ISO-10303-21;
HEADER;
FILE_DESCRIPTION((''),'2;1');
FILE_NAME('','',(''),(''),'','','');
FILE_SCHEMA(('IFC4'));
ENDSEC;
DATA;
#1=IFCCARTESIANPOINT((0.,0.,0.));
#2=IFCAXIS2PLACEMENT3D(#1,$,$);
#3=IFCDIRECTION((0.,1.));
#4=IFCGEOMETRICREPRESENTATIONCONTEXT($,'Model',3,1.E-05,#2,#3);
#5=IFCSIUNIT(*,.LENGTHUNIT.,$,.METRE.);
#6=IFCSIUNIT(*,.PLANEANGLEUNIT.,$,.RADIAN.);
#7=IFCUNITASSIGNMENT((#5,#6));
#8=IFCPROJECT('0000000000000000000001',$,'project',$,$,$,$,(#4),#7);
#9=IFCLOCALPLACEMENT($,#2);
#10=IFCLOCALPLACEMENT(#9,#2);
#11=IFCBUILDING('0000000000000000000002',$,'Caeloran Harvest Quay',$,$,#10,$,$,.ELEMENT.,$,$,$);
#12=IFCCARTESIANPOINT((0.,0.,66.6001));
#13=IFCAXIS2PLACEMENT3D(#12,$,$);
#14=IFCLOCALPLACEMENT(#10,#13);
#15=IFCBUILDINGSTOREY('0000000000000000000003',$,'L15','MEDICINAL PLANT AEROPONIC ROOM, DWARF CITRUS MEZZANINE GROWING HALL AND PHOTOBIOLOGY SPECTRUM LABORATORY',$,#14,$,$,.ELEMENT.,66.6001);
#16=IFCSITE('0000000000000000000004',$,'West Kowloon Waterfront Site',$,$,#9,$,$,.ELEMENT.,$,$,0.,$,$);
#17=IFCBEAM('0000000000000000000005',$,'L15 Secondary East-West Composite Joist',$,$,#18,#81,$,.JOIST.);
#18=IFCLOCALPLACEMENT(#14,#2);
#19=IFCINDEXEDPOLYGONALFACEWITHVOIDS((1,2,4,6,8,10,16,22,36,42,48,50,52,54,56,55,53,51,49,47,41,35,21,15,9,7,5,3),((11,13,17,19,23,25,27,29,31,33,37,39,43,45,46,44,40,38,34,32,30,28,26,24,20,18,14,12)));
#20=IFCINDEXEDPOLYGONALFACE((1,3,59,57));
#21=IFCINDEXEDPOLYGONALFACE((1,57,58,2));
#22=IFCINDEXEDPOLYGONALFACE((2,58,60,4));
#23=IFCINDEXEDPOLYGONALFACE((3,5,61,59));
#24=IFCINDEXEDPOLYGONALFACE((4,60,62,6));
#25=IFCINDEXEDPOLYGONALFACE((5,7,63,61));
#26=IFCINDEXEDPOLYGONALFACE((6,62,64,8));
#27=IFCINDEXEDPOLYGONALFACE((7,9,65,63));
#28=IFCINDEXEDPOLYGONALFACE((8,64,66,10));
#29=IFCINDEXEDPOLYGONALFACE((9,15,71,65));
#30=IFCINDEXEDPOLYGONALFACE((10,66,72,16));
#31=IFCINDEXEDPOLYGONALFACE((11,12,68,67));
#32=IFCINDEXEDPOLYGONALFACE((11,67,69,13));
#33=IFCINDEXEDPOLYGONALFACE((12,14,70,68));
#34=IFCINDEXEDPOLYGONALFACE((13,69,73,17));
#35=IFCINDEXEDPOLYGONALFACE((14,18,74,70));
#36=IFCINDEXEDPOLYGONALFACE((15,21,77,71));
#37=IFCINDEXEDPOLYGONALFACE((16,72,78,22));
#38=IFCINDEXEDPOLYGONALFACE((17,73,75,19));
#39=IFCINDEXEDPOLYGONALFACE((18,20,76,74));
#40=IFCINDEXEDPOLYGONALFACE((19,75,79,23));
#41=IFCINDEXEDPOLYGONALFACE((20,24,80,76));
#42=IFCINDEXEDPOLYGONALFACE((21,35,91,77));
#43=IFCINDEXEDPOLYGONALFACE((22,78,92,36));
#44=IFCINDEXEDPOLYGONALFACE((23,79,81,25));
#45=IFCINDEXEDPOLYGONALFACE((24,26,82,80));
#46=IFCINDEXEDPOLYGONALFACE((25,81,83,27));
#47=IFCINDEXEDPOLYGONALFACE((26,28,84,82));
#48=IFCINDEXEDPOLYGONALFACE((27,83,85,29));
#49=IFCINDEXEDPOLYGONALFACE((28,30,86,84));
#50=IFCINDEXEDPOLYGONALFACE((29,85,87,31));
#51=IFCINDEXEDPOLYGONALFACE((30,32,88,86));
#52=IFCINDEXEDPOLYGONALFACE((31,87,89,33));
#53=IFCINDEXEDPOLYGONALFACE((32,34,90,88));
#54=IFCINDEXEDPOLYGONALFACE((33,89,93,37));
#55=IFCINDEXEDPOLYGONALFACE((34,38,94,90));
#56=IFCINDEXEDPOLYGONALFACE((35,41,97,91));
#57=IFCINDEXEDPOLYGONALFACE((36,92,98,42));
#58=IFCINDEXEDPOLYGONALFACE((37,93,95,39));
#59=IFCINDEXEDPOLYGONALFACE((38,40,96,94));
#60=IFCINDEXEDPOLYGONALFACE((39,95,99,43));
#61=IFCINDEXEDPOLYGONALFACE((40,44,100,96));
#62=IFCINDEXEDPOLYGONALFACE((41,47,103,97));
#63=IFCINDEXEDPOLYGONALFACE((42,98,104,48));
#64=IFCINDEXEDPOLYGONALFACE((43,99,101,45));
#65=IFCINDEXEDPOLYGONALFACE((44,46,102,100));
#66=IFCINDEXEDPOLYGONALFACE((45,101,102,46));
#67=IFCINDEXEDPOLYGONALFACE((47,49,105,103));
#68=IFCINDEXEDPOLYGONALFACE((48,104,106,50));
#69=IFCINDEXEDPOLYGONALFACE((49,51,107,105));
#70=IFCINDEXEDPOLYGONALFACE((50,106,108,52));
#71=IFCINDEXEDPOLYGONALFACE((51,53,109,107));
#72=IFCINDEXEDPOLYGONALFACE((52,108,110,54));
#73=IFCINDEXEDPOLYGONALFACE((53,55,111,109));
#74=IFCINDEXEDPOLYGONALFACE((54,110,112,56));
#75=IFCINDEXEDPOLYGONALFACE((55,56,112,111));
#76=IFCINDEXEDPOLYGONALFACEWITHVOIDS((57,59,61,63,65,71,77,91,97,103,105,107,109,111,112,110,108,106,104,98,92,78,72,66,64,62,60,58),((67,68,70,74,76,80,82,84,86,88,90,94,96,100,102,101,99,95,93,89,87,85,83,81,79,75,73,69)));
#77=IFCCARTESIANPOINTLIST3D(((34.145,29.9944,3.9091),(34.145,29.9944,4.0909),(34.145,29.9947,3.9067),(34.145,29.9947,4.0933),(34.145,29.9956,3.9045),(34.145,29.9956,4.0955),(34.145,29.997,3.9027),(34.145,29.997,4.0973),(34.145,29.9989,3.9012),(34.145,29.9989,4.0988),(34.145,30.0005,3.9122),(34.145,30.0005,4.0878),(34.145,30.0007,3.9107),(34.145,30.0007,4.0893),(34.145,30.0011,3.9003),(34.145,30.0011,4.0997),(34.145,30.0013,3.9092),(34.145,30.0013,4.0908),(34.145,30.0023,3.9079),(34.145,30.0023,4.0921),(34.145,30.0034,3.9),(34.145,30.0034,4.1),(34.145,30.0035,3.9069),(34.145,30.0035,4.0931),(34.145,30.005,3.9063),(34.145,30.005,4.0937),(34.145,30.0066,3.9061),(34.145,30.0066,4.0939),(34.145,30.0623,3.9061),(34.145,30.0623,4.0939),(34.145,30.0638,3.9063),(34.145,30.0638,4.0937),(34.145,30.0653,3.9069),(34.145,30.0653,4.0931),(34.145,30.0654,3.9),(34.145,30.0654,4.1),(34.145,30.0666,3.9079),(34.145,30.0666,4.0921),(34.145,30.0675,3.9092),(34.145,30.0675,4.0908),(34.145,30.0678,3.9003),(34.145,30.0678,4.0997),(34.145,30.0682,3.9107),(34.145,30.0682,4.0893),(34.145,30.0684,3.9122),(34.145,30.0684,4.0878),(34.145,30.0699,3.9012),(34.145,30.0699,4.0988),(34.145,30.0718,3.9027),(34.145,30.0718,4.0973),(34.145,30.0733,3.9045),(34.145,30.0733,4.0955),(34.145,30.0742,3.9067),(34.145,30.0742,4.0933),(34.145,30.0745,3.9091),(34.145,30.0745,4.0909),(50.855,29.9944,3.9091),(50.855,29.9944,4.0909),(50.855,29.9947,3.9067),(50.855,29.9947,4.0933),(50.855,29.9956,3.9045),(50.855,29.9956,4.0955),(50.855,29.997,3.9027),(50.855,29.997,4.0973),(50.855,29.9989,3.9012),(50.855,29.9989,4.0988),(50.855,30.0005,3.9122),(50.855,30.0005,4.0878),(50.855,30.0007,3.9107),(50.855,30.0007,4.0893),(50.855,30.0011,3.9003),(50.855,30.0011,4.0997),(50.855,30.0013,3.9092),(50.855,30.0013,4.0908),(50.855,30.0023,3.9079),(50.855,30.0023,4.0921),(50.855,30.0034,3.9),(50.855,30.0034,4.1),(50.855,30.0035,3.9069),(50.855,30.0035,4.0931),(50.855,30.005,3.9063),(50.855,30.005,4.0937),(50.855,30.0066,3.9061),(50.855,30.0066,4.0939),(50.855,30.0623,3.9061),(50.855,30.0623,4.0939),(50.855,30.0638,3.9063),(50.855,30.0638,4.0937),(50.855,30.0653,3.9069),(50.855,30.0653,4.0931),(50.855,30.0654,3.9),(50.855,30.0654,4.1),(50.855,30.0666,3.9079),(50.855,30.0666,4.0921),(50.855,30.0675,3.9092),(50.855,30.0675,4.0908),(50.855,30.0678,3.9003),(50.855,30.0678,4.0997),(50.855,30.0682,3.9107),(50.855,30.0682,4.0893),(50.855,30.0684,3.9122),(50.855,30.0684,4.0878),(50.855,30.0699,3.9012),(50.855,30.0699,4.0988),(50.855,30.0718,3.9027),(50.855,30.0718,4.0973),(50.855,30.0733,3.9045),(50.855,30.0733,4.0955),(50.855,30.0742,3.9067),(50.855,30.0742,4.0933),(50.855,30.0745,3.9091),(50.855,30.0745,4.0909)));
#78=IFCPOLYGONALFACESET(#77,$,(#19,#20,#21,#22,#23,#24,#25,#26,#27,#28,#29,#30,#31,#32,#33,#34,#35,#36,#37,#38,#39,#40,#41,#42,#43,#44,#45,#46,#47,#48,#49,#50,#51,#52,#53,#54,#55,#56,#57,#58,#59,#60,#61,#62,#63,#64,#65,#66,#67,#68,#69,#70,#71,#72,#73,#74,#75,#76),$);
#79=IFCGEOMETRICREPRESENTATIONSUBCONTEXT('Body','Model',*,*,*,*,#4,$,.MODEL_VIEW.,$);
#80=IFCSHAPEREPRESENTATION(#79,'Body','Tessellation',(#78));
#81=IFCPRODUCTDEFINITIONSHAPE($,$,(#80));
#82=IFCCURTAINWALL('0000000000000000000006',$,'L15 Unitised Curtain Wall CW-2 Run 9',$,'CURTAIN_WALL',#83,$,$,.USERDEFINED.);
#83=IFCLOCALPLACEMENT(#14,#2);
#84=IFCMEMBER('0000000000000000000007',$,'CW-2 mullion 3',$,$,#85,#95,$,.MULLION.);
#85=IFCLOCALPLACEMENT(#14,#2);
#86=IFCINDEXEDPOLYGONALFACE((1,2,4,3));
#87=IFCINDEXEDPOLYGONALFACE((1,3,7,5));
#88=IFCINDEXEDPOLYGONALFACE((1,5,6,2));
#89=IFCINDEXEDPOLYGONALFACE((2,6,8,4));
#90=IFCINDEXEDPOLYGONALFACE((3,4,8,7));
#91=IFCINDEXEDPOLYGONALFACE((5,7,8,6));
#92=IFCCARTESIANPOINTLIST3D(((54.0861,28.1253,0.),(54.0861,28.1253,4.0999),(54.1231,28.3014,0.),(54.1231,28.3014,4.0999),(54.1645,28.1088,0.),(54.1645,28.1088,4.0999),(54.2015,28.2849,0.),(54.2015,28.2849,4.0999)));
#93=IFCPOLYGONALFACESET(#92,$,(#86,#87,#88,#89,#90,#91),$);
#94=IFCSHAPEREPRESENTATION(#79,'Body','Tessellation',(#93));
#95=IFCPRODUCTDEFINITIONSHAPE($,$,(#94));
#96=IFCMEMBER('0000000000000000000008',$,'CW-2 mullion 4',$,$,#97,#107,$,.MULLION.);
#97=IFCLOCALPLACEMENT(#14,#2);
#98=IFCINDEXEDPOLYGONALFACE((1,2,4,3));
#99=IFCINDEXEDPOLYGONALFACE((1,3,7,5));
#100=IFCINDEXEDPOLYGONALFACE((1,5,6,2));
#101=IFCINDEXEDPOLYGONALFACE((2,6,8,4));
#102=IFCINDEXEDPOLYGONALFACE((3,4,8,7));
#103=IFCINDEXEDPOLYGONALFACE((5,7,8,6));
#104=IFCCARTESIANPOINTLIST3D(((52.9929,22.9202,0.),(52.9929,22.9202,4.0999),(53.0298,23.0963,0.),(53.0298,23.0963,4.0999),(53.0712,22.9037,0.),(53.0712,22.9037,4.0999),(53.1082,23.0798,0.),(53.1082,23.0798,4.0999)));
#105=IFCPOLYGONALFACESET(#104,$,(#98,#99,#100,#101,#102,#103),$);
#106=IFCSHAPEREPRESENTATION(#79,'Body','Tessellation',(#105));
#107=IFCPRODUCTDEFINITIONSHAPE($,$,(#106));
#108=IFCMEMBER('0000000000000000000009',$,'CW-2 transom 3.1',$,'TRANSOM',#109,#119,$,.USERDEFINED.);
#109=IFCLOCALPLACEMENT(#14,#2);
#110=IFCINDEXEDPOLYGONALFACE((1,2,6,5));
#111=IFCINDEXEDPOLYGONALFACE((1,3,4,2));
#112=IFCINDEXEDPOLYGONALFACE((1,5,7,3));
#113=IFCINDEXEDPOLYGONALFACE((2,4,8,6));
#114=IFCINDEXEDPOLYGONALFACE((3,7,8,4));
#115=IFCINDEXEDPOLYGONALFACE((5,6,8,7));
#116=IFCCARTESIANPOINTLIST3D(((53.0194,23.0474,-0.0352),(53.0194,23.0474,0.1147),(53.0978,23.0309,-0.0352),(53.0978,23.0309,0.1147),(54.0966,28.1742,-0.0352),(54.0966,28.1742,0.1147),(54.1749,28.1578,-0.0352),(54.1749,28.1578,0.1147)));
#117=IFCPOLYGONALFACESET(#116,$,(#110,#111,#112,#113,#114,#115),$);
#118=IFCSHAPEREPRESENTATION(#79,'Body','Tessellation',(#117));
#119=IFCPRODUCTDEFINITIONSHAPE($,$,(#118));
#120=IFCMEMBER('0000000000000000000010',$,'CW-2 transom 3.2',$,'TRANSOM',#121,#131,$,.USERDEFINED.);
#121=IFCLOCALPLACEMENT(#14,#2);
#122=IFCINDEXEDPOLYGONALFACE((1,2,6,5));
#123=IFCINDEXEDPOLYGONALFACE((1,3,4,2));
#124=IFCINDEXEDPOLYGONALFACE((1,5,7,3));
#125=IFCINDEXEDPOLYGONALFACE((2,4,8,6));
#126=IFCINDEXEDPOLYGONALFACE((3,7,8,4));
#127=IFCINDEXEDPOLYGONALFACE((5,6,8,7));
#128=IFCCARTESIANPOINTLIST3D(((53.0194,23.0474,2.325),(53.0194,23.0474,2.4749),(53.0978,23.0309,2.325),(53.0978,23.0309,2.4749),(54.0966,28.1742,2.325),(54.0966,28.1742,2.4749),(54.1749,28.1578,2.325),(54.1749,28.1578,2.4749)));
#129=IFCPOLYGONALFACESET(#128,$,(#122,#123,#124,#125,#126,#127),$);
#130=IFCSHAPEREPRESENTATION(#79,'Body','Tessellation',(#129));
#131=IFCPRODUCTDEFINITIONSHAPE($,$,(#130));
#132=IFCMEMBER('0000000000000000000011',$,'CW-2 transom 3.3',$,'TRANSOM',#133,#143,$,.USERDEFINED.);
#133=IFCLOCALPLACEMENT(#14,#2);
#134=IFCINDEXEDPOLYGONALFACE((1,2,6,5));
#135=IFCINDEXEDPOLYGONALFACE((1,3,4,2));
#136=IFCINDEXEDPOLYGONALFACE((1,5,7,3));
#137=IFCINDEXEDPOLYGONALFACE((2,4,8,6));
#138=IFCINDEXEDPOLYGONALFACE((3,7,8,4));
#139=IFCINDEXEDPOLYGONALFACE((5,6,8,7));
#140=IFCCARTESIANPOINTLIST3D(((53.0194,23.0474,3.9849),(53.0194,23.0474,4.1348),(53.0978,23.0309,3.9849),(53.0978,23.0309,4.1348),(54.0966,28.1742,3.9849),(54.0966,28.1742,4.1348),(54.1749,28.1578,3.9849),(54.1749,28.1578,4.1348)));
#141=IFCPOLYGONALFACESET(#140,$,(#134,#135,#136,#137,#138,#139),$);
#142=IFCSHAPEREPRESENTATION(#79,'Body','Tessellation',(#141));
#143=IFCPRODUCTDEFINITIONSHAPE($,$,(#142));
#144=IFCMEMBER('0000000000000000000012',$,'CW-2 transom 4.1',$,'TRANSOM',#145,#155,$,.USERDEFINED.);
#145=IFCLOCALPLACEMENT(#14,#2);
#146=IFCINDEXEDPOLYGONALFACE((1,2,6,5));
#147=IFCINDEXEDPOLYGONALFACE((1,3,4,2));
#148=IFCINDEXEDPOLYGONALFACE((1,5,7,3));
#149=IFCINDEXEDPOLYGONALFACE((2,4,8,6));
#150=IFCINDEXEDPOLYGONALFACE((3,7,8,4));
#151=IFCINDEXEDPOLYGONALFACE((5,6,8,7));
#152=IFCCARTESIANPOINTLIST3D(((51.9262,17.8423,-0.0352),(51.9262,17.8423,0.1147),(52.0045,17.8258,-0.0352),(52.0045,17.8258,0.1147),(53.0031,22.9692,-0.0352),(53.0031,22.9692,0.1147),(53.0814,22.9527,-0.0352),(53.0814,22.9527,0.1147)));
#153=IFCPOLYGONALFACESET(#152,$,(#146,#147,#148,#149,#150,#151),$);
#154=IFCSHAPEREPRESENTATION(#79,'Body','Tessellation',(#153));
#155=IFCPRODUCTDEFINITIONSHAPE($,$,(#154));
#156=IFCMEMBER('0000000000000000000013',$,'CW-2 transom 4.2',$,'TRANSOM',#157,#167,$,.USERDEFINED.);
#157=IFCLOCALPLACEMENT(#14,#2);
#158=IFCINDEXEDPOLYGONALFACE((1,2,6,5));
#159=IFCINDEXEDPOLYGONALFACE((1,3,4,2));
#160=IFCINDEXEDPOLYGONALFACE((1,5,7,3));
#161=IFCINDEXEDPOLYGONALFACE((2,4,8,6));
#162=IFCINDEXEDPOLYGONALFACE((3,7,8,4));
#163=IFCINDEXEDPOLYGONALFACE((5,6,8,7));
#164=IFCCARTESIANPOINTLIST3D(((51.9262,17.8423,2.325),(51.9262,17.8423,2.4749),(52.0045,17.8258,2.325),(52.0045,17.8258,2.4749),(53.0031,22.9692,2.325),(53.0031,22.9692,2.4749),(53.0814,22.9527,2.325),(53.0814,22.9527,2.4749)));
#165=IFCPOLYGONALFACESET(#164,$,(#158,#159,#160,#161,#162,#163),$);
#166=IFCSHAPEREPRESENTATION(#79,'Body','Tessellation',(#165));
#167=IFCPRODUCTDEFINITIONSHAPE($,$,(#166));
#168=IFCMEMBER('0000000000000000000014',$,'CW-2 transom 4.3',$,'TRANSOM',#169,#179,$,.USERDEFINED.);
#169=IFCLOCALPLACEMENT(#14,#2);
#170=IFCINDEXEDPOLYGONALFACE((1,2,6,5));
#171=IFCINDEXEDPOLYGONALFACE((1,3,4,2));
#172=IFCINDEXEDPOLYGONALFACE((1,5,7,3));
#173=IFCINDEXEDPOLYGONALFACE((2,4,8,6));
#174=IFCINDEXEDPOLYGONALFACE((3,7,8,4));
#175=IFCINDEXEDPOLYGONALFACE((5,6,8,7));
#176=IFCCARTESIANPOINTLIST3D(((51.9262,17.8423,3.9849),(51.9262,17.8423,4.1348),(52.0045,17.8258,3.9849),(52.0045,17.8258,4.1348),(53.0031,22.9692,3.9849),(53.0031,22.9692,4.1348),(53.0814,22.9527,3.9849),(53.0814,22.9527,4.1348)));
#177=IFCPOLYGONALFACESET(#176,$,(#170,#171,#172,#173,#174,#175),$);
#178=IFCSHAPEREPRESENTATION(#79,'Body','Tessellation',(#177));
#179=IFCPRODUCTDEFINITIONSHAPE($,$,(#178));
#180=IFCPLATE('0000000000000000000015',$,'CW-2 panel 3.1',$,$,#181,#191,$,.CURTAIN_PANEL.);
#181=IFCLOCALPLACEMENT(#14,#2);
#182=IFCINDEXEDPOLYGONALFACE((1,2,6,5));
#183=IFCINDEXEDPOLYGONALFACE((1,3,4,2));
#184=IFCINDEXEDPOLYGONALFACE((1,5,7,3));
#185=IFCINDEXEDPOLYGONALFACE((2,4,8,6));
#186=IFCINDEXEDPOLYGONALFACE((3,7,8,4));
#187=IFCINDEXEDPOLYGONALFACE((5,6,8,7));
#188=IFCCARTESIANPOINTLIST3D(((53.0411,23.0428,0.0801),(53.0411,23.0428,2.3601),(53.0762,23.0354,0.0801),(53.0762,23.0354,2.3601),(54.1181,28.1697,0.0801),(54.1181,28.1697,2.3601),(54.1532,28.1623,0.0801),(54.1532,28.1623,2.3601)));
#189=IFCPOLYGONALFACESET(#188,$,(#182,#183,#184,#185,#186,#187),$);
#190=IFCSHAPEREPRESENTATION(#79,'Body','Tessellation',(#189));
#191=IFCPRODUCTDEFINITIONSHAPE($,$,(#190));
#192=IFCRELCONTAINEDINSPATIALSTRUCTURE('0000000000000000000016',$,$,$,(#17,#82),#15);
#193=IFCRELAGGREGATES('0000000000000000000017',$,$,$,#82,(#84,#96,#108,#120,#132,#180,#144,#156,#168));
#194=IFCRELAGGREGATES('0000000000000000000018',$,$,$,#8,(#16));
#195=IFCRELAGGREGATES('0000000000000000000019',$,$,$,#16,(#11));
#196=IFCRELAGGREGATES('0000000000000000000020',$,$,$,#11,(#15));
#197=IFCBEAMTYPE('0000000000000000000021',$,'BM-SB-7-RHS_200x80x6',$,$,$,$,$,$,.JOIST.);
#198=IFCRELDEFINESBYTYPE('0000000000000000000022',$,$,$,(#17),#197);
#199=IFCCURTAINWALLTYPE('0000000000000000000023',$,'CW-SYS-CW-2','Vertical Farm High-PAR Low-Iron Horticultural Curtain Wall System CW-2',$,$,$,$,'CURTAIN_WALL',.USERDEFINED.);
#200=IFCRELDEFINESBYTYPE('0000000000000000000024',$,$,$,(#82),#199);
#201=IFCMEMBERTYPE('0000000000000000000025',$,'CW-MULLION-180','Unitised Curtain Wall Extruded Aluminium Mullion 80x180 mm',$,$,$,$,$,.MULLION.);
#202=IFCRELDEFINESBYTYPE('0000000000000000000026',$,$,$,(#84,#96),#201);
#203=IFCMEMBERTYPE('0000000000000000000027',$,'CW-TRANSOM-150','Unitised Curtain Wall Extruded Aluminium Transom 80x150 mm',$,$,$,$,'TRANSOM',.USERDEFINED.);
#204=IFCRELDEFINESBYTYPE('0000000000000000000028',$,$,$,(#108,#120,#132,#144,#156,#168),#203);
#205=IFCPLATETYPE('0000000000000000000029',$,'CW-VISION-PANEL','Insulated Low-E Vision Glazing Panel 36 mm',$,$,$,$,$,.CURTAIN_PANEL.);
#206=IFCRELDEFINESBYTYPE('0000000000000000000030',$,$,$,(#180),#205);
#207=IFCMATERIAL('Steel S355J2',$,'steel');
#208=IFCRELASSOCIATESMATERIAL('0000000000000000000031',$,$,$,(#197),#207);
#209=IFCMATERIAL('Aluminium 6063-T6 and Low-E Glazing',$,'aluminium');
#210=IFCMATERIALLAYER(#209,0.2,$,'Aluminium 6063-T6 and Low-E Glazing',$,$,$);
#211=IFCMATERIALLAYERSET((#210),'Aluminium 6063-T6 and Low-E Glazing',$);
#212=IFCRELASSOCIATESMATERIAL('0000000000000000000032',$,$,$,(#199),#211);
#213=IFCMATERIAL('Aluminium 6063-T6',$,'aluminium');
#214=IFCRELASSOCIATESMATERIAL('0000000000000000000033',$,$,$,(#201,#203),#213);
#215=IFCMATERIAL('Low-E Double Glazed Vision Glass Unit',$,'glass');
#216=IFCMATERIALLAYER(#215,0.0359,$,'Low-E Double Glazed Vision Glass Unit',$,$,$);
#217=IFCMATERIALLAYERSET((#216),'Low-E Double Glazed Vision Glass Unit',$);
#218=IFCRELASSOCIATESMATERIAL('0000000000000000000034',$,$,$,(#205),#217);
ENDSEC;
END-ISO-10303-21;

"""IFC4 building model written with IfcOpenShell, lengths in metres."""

from ifc_helpers import new_model, si_unit, direction, frame, origin, origin_2d, place, context, subcontext, project, spatial, rectangle, hollow_rectangle, extrude, material, layer, layer_set, material_profile, profile_set, type_object, element, aggregate, save


model = new_model("IFC4")

# Units and contexts
model_context = context("Model", 3, precision=1e-05, world=origin(), true_north=direction((0.0, 1.0)))
body_context = subcontext(model_context, "Body", "Model", "MODEL_VIEW")
ifc_project = project(units=[si_unit("LENGTHUNIT", "METRE"), si_unit("PLANEANGLEUNIT", "RADIAN")], contexts=[model_context])

# Site, building, storey
site_placement = place(None, origin())
site = spatial("IfcSite", under=ifc_project, at=site_placement, Name="West Kowloon Waterfront Site", CompositionType="ELEMENT", RefElevation=0.0)
building_placement = place(site_placement, origin())
building = spatial("IfcBuilding", under=site, at=building_placement, Name="Caeloran Harvest Quay", CompositionType="ELEMENT")
storey_placement = place(building_placement, frame((0.0, 0.0, 66.6001)))
storey = spatial("IfcBuildingStorey", under=building, at=storey_placement, Name="L15", Description="MEDICINAL PLANT AEROPONIC ROOM, DWARF CITRUS MEZZANINE GROWING HALL AND PHOTOBIOLOGY SPECTRUM LABORATORY", CompositionType="ELEMENT", Elevation=66.6001)

# Beam
ifc_material_1 = material(Name="Steel S355J2", Category="steel")
ifc_material_profile_1 = material_profile(ifc_material_1, hollow_rectangle(XDim=0.0801, YDim=0.2, WallThickness=0.0061, InnerFilletRadius=0.0061, OuterFilletRadius=0.009, at=origin_2d()), Name="RHS 200x80x6")
ifc_profile_set_1 = profile_set([ifc_material_profile_1], Name="Steel S355J2")
beam_type_1 = type_object("IfcBeamType", Name="BM-SB-7-RHS_200x80x6", PredefinedType="JOIST", material=ifc_profile_set_1)
for number, where, z_axis, x_axis, name in (
    (1, (34.145, 30.0344, 4.0), (1.0, 0.0, 0.0), (0.0, 1.0, 0.0), "L15 Secondary East-West Composite Joist"),
):
    element("IfcBeam", number, at=place(storey_placement, frame(where, z_axis=z_axis, x_axis=x_axis)), inside=storey, type_object=beam_type_1, Name=name, PredefinedType="JOIST", context=body_context, shape_type="SweptSolid", body=[
        extrude(hollow_rectangle(XDim=0.0801, YDim=0.2, WallThickness=0.0061, InnerFilletRadius=0.0061, OuterFilletRadius=0.009, at=origin_2d()), origin(), (0.0, 0.0, 1.0), 16.71),
    ])

# Curtain wall, members, plate
ifc_material_2 = material(Name="Aluminium 6063-T6 and Low-E Glazing", Category="aluminium")
ifc_layer_1 = layer(ifc_material_2, 0.2, Name="Aluminium 6063-T6 and Low-E Glazing")
ifc_layer_set_1 = layer_set([ifc_layer_1], Name="Aluminium 6063-T6 and Low-E Glazing")
curtain_wall_type = type_object("IfcCurtainWallType", Name="CW-SYS-CW-2", Description="Vertical Farm High-PAR Low-Iron Horticultural Curtain Wall System CW-2", ElementType="CURTAIN_WALL", PredefinedType="USERDEFINED", material=ifc_layer_set_1)
curtain_wall_placement = place(storey_placement, origin())
curtain_wall = element("IfcCurtainWall", 2, at=curtain_wall_placement, inside=storey, type_object=curtain_wall_type, Name="L15 Unitised Curtain Wall CW-2 Run 9", ObjectType="CURTAIN_WALL", PredefinedType="USERDEFINED")
ifc_material_3 = material(Name="Aluminium 6063-T6", Category="aluminium")
ifc_material_profile_2 = material_profile(ifc_material_3, rectangle(XDim=0.0801, YDim=0.1799, at=origin_2d()), Name="CW-MULLION-180")
ifc_profile_set_2 = profile_set([ifc_material_profile_2], Name="Aluminium 6063-T6")
member_type_1 = type_object("IfcMemberType", Name="CW-MULLION-180", Description="Unitised Curtain Wall Extruded Aluminium Mullion 80x180 mm", PredefinedType="MULLION", material=ifc_profile_set_2)
member_1_placement = place(storey_placement, frame((54.1438, 28.2051, 0.0), z_axis=(0.0, 0.0, 1.0), x_axis=(0.97864, -0.205583, 0.0)))
member_1 = element("IfcMember", 3, at=member_1_placement, type_object=member_type_1, Name="CW-2 mullion 3", PredefinedType="MULLION", context=body_context, shape_type="SweptSolid", body=[
    extrude(rectangle(XDim=0.0801, YDim=0.1799, at=origin_2d()), origin(), (0.0, 0.0, 1.0), 4.0999),
])
member_2_placement = place(storey_placement, frame((53.0505, 23.0, 0.0), z_axis=(0.0, 0.0, 1.0), x_axis=(0.97864, -0.205583, 0.0)))
member_2 = element("IfcMember", 4, at=member_2_placement, type_object=member_type_1, Name="CW-2 mullion 4", PredefinedType="MULLION", context=body_context, shape_type="SweptSolid", body=[
    extrude(rectangle(XDim=0.0801, YDim=0.1799, at=origin_2d()), origin(), (0.0, 0.0, 1.0), 4.0999),
])
ifc_material_profile_3 = material_profile(ifc_material_3, rectangle(XDim=0.0801, YDim=0.1499, at=origin_2d()), Name="CW-TRANSOM-150")
ifc_profile_set_3 = profile_set([ifc_material_profile_3], Name="Aluminium 6063-T6")
member_type_2 = type_object("IfcMemberType", Name="CW-TRANSOM-150", Description="Unitised Curtain Wall Extruded Aluminium Transom 80x150 mm", ElementType="TRANSOM", PredefinedType="USERDEFINED", material=ifc_profile_set_3)
member_3_placement = place(storey_placement, frame((54.1357, 28.166, 0.0398), z_axis=(-0.205607, -0.978635, 0.0), x_axis=(0.978635, -0.205607, 0.0)))
member_3 = element("IfcMember", 5, at=member_3_placement, type_object=member_type_2, Name="CW-2 transom 3.1", ObjectType="TRANSOM", PredefinedType="USERDEFINED", context=body_context, shape_type="SweptSolid", body=[
    extrude(rectangle(XDim=0.0801, YDim=0.1499, at=origin_2d()), origin(), (0.0, 0.0, 1.0), 5.2388),
])
member_4_placement = place(storey_placement, frame((54.1357, 28.166, 2.3999), z_axis=(-0.205607, -0.978635, 0.0), x_axis=(0.978635, -0.205607, 0.0)))
member_4 = element("IfcMember", 6, at=member_4_placement, type_object=member_type_2, Name="CW-2 transom 3.2", ObjectType="TRANSOM", PredefinedType="USERDEFINED", context=body_context, shape_type="SweptSolid", body=[
    extrude(rectangle(XDim=0.0801, YDim=0.1499, at=origin_2d()), origin(), (0.0, 0.0, 1.0), 5.2388),
])
member_5_placement = place(storey_placement, frame((54.1357, 28.166, 4.0598), z_axis=(-0.205607, -0.978635, 0.0), x_axis=(0.978635, -0.205607, 0.0)))
member_5 = element("IfcMember", 7, at=member_5_placement, type_object=member_type_2, Name="CW-2 transom 3.3", ObjectType="TRANSOM", PredefinedType="USERDEFINED", context=body_context, shape_type="SweptSolid", body=[
    extrude(rectangle(XDim=0.0801, YDim=0.1499, at=origin_2d()), origin(), (0.0, 0.0, 1.0), 5.2388),
])
member_6_placement = place(storey_placement, frame((53.0422, 22.9609, 0.0398), z_axis=(-0.205562, -0.978644, 0.0), x_axis=(0.978644, -0.205562, 0.0)))
member_6 = element("IfcMember", 8, at=member_6_placement, type_object=member_type_2, Name="CW-2 transom 4.1", ObjectType="TRANSOM", PredefinedType="USERDEFINED", context=body_context, shape_type="SweptSolid", body=[
    extrude(rectangle(XDim=0.0801, YDim=0.1499, at=origin_2d()), origin(), (0.0, 0.0, 1.0), 5.2388),
])
member_7_placement = place(storey_placement, frame((53.0422, 22.9609, 2.3999), z_axis=(-0.205562, -0.978644, 0.0), x_axis=(0.978644, -0.205562, 0.0)))
member_7 = element("IfcMember", 9, at=member_7_placement, type_object=member_type_2, Name="CW-2 transom 4.2", ObjectType="TRANSOM", PredefinedType="USERDEFINED", context=body_context, shape_type="SweptSolid", body=[
    extrude(rectangle(XDim=0.0801, YDim=0.1499, at=origin_2d()), origin(), (0.0, 0.0, 1.0), 5.2388),
])
member_8_placement = place(storey_placement, frame((53.0422, 22.9609, 4.0598), z_axis=(-0.205562, -0.978644, 0.0), x_axis=(0.978644, -0.205562, 0.0)))
member_8 = element("IfcMember", 10, at=member_8_placement, type_object=member_type_2, Name="CW-2 transom 4.3", ObjectType="TRANSOM", PredefinedType="USERDEFINED", context=body_context, shape_type="SweptSolid", body=[
    extrude(rectangle(XDim=0.0801, YDim=0.1499, at=origin_2d()), origin(), (0.0, 0.0, 1.0), 5.2388),
])
ifc_material_4 = material(Name="Low-E Double Glazed Vision Glass Unit", Category="glass")
ifc_layer_2 = layer(ifc_material_4, 0.0359, Name="Low-E Double Glazed Vision Glass Unit")
ifc_layer_set_2 = layer_set([ifc_layer_2], Name="Low-E Double Glazed Vision Glass Unit")
plate_type = type_object("IfcPlateType", Name="CW-VISION-PANEL", Description="Insulated Low-E Vision Glazing Panel 36 mm", PredefinedType="CURTAIN_PANEL", material=ifc_layer_set_2)
plate_1_placement = place(storey_placement, frame((53.5972, 25.6025, 0.0801), z_axis=(0.0, 0.0, 1.0), x_axis=(-0.205583, -0.97864, 0.0)))
plate_1 = element("IfcPlate", 11, at=plate_1_placement, type_object=plate_type, Name="CW-2 panel 3.1", PredefinedType="CURTAIN_PANEL", context=body_context, shape_type="SweptSolid", body=[
    extrude(rectangle(XDim=5.2388, YDim=0.0359, at=origin_2d()), origin(), (0.0, 0.0, 1.0), 2.28),
])
aggregate(curtain_wall, [member_1, member_2, member_3, member_4, member_5, plate_1, member_6, member_7, member_8])

save(model, "model.ifc")
